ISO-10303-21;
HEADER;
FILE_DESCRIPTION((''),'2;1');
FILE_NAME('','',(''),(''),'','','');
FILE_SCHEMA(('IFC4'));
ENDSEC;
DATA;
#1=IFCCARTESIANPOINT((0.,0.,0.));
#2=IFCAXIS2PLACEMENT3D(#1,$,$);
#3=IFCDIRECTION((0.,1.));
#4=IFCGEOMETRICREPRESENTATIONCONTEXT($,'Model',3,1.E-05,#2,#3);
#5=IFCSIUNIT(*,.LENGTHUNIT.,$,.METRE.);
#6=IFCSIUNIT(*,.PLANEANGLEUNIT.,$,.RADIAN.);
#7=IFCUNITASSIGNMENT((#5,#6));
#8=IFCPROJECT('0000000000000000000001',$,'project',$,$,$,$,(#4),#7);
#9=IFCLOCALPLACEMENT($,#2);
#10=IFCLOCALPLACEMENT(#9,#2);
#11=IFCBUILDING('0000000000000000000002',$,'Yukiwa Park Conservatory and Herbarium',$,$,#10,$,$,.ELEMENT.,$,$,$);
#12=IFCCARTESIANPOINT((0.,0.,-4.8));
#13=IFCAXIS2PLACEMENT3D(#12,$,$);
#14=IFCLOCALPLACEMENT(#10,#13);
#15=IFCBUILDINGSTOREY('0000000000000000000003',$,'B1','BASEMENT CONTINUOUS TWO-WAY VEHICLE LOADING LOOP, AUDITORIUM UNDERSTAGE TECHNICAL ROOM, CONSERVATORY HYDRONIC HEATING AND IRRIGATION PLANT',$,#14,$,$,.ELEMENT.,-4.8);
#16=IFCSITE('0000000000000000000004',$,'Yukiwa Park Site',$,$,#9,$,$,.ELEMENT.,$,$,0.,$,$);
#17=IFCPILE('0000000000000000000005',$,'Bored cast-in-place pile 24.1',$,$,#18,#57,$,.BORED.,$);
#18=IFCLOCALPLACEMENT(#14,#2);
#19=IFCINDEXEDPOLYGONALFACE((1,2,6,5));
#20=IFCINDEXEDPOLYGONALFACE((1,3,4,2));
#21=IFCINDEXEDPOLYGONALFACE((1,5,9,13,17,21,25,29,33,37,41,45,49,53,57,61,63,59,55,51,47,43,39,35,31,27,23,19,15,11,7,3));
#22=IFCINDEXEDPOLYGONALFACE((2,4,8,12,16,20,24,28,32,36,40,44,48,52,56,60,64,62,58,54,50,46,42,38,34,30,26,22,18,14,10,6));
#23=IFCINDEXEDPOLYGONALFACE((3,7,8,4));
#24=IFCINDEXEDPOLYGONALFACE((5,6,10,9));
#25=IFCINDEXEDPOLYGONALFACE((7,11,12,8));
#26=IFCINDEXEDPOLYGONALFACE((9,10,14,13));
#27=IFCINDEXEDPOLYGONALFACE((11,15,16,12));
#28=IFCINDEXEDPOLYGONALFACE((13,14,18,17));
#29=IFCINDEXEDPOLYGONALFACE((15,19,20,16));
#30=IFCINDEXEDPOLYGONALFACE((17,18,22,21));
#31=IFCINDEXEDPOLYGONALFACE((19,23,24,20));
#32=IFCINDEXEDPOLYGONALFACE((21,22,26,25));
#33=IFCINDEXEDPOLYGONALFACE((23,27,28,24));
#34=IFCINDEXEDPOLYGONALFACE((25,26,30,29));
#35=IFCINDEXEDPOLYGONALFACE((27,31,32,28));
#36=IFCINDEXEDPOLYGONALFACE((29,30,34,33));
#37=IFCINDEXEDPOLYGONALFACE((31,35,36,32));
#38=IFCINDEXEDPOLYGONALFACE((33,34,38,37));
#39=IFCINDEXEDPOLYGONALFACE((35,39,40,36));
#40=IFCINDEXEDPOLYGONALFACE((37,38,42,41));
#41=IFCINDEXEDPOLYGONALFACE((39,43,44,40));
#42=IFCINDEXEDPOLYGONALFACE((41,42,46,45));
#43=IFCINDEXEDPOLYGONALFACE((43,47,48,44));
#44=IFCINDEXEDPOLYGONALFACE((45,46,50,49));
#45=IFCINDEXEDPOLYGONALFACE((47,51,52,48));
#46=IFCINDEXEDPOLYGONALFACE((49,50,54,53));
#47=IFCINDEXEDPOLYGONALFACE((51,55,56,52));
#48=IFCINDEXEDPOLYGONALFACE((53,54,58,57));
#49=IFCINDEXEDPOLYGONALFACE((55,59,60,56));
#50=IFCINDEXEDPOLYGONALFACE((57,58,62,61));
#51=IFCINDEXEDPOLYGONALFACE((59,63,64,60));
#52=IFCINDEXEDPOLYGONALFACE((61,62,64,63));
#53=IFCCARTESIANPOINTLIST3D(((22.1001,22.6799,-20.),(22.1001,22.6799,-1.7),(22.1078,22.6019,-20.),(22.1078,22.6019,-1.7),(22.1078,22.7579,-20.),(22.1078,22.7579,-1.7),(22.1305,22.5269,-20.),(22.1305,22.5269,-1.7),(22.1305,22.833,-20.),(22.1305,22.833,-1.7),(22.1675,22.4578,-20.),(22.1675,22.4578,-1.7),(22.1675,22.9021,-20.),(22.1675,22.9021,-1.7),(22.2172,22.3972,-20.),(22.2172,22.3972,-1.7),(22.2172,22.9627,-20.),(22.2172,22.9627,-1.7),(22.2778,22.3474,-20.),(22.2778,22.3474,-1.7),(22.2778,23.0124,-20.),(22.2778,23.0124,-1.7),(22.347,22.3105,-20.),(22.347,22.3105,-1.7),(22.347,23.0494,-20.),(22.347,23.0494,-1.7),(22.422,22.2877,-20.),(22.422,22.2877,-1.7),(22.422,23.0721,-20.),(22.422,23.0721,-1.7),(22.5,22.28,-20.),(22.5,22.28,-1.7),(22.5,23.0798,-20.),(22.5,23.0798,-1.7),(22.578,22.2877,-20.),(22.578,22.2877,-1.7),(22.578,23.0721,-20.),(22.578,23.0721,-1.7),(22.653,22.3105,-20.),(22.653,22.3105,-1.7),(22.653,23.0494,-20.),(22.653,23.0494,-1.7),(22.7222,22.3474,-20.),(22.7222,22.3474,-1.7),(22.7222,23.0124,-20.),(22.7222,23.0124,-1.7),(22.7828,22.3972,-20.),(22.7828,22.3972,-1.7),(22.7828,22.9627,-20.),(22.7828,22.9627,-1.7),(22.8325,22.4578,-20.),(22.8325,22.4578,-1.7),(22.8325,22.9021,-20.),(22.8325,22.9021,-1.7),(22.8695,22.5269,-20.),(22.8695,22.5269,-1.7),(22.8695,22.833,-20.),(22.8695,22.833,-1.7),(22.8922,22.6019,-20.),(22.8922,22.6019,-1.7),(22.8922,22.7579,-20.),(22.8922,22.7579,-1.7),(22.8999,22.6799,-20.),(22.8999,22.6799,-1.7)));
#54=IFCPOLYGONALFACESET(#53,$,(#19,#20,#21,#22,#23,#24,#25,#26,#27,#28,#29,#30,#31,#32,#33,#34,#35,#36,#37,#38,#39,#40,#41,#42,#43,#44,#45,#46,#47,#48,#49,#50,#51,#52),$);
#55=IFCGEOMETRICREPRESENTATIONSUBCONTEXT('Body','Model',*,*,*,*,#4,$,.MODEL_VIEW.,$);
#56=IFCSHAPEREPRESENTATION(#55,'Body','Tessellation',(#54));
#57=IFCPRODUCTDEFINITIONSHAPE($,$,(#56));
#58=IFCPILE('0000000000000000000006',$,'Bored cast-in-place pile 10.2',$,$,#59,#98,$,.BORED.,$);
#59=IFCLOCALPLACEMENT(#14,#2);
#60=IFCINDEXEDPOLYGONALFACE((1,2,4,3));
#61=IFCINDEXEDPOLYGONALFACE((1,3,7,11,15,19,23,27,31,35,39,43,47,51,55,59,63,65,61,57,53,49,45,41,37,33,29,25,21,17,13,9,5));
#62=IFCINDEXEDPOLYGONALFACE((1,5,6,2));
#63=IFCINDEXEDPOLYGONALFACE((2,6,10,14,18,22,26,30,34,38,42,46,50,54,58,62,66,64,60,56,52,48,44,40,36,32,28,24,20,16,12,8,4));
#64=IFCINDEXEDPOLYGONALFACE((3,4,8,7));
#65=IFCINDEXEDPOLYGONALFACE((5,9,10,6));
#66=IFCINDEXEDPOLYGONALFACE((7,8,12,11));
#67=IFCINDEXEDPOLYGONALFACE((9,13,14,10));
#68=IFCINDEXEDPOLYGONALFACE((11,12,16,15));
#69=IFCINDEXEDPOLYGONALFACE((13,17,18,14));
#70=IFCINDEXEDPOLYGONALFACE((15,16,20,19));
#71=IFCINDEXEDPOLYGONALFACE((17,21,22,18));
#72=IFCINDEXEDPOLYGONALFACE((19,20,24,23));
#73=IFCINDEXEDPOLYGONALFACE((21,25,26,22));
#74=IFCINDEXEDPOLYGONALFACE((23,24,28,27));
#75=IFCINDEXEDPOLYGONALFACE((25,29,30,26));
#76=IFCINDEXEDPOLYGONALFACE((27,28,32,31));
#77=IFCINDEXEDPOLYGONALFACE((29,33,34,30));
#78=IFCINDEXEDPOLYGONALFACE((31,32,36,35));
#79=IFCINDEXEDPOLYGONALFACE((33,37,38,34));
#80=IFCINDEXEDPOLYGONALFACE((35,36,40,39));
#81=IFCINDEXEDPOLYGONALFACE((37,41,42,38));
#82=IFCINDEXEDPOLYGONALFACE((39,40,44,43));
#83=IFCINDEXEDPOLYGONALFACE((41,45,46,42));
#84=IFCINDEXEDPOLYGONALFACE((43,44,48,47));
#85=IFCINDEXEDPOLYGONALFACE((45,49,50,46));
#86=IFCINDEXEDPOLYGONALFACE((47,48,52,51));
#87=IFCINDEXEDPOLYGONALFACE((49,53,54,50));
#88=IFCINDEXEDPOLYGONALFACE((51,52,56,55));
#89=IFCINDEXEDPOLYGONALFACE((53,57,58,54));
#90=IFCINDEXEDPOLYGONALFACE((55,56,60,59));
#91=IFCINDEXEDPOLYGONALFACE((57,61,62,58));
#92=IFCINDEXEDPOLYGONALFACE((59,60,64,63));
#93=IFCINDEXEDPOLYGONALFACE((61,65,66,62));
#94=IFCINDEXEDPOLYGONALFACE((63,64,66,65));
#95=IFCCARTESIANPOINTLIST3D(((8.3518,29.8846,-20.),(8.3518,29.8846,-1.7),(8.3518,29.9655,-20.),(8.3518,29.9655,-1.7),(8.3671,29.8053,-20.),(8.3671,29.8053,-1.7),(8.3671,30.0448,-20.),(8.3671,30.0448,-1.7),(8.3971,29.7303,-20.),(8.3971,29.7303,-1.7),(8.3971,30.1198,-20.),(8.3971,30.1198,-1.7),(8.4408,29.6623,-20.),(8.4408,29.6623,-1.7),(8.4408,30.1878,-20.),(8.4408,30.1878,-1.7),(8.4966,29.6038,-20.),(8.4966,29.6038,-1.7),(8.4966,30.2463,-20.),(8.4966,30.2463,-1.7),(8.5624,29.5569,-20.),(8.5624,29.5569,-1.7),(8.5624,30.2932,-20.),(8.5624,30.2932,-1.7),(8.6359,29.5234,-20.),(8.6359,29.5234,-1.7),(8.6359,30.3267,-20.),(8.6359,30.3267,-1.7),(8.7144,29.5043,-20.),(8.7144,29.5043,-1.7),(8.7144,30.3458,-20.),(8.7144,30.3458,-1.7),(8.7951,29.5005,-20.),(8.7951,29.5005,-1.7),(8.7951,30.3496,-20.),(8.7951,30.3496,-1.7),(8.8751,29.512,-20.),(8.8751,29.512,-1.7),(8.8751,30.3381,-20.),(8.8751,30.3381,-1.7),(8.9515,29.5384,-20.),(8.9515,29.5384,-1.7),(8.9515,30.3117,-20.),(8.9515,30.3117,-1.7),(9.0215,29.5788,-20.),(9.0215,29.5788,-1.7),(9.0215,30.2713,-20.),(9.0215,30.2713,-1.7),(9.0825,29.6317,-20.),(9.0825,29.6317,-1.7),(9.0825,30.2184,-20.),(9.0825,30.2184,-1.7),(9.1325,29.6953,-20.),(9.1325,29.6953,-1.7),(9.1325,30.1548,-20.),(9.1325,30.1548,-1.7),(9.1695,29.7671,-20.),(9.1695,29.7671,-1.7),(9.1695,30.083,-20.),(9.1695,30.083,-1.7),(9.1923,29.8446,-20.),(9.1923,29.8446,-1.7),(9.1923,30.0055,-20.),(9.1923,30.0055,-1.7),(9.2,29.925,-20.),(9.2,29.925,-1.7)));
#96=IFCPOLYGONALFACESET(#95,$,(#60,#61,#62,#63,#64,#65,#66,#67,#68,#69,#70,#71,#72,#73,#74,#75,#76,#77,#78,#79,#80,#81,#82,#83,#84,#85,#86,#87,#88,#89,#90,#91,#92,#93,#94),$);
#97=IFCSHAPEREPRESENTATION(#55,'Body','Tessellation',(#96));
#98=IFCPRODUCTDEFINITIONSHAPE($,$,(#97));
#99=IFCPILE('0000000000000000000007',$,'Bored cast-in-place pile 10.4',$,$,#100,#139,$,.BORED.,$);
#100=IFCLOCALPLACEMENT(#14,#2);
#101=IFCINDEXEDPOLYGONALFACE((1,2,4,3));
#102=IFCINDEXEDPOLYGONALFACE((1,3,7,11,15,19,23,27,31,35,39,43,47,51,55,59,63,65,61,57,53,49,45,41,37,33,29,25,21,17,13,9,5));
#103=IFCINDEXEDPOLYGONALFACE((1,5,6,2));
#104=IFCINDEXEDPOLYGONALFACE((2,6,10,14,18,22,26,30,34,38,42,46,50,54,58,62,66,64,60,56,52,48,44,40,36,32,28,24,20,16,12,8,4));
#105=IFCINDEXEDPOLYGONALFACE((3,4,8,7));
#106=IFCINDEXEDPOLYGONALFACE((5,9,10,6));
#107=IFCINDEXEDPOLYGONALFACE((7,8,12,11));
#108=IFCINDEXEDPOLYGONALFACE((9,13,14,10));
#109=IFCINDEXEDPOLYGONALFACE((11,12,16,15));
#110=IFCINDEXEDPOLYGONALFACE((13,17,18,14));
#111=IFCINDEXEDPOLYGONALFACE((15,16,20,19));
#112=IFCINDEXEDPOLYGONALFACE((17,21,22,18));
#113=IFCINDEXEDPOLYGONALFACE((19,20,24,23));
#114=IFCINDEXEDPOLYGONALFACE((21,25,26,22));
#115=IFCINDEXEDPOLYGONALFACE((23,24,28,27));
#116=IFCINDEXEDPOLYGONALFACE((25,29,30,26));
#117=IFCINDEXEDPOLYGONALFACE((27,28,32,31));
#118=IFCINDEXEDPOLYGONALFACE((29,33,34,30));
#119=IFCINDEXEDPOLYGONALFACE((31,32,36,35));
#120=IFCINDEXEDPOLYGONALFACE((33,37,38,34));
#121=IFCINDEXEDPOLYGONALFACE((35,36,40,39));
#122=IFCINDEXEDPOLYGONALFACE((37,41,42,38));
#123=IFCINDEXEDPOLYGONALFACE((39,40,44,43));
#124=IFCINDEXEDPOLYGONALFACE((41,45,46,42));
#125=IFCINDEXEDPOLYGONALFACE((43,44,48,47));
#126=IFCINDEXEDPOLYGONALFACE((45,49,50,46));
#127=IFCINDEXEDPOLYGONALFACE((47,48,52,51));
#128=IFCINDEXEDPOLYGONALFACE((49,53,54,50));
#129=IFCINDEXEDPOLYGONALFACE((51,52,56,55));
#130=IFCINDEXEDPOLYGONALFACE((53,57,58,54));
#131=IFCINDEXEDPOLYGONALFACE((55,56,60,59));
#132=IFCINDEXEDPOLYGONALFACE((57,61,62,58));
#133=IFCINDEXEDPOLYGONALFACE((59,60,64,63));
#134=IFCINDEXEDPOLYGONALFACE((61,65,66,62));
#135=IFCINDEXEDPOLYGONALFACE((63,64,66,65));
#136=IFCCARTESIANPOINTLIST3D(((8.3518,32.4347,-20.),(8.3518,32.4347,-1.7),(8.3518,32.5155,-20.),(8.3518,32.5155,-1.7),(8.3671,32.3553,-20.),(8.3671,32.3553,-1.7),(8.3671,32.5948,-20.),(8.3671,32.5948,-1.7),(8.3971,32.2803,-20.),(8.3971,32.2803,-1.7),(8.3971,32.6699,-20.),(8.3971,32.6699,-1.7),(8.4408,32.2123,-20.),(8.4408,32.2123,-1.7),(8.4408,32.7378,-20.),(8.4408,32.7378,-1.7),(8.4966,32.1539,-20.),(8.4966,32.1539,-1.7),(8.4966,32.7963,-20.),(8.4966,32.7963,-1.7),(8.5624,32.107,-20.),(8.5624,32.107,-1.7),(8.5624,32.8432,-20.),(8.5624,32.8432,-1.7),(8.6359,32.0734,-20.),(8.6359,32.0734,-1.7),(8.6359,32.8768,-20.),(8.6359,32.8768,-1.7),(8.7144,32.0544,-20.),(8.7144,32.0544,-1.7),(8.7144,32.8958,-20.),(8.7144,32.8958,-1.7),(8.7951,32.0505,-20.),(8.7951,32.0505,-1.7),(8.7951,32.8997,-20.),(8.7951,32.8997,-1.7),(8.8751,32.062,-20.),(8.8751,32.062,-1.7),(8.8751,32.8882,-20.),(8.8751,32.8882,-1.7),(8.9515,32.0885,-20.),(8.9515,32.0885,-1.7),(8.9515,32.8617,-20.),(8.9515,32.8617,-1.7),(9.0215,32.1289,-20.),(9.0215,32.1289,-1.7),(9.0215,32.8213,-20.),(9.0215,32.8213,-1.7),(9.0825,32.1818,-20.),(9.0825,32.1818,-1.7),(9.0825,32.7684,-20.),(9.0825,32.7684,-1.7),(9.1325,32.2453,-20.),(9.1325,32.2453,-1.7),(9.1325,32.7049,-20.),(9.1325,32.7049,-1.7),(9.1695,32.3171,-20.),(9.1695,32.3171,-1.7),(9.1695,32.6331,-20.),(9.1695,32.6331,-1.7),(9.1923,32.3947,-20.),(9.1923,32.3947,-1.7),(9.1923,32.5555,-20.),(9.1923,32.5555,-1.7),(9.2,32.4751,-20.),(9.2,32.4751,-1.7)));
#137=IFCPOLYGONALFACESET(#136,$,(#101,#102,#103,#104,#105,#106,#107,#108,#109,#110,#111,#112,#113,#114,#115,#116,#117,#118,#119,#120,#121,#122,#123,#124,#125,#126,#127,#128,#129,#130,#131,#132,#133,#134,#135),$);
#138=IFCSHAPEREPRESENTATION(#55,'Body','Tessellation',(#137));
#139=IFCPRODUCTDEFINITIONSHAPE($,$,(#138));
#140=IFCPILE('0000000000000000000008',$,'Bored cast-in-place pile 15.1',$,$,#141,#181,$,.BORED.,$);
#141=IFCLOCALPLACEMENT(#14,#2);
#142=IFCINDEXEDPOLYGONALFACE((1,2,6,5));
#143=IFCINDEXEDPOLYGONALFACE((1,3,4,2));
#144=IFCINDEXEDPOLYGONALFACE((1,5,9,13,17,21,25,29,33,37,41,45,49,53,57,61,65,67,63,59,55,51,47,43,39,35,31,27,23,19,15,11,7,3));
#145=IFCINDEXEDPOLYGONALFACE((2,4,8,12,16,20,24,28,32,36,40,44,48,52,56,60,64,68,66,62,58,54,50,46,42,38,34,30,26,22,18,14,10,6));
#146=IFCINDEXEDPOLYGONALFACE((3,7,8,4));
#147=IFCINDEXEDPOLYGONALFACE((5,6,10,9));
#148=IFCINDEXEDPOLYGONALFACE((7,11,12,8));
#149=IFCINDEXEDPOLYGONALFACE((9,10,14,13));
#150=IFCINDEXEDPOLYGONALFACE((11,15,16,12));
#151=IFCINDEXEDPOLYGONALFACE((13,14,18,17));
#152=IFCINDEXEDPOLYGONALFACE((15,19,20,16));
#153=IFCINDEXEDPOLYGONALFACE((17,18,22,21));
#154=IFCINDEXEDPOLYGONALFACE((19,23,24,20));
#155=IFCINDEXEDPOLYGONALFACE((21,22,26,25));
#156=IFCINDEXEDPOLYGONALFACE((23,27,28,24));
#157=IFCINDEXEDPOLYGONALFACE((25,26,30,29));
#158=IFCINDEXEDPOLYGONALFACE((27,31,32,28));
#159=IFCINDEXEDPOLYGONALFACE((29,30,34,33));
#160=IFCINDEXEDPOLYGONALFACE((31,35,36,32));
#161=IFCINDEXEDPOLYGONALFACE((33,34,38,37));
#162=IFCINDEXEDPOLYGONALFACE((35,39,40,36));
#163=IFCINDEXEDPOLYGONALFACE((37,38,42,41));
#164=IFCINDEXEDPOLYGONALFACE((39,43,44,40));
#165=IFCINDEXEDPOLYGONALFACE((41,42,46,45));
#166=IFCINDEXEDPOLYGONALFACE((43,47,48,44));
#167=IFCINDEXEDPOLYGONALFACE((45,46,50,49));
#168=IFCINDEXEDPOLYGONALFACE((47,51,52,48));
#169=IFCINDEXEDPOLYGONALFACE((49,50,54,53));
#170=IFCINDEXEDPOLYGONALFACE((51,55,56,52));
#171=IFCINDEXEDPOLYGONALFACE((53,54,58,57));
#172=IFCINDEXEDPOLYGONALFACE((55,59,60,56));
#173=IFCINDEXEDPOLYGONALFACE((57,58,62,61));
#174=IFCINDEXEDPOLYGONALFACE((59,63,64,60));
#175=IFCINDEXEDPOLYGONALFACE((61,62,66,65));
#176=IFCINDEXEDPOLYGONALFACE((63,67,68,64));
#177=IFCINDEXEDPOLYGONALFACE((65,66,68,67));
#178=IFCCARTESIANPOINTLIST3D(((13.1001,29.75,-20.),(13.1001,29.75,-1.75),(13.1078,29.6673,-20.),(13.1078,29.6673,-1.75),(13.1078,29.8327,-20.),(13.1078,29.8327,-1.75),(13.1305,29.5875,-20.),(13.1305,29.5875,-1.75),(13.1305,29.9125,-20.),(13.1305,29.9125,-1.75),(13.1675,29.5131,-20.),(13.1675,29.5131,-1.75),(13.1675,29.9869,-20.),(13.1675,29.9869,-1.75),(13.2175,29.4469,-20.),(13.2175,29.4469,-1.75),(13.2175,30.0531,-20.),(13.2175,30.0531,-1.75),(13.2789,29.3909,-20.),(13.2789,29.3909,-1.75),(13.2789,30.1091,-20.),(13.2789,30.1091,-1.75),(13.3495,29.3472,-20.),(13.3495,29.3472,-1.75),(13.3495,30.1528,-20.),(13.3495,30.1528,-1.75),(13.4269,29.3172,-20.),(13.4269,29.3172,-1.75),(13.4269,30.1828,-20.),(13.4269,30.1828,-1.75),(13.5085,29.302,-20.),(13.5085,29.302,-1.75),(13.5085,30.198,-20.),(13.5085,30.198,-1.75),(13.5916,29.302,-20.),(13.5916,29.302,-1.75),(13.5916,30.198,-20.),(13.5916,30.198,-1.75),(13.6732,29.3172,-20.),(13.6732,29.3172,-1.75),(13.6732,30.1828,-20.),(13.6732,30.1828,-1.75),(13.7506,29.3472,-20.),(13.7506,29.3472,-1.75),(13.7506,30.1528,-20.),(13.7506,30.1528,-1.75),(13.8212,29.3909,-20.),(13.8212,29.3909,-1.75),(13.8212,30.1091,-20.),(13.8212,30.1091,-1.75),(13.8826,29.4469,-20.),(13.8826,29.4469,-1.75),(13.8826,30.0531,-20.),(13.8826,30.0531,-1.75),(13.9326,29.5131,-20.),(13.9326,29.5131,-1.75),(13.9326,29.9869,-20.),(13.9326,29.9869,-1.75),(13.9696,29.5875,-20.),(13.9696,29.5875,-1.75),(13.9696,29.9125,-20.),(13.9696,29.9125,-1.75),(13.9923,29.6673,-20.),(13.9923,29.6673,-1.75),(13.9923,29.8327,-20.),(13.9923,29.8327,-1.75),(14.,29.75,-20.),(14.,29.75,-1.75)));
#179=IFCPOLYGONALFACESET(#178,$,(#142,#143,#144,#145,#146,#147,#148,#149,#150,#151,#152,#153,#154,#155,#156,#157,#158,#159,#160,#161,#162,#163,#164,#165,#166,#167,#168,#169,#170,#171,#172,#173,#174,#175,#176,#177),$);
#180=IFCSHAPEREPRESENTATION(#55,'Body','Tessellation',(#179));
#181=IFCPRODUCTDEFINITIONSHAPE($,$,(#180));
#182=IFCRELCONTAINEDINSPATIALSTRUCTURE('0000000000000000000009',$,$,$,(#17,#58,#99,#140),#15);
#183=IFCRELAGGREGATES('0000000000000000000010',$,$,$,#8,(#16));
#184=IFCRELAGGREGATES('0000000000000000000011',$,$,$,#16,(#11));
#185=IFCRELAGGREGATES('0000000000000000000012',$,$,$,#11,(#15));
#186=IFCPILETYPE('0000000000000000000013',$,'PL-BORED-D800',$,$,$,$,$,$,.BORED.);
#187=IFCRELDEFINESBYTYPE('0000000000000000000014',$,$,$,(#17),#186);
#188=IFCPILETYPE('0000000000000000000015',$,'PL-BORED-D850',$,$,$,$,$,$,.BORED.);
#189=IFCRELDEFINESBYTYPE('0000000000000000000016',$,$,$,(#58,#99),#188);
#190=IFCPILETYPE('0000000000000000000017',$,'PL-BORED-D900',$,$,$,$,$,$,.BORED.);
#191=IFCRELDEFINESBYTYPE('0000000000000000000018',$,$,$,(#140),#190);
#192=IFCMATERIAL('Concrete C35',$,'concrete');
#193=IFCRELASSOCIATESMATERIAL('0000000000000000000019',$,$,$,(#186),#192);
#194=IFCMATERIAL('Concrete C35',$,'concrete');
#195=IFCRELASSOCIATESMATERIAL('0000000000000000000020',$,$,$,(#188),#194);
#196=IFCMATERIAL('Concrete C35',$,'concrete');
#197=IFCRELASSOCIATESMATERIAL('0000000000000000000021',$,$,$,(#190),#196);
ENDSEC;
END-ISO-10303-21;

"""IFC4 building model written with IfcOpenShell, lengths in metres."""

from ifc_helpers import new_model, si_unit, direction, frame, origin, origin_2d, place, context, subcontext, project, spatial, circle, extrude, material, material_profile, profile_set, type_object, element, save


model = new_model("IFC4")

# Units and contexts
model_context = context("Model", 3, precision=1e-05, world=origin(), true_north=direction((0.0, 1.0)))
body_context = subcontext(model_context, "Body", "Model", "MODEL_VIEW")
ifc_project = project(units=[si_unit("LENGTHUNIT", "METRE"), si_unit("PLANEANGLEUNIT", "RADIAN")], contexts=[model_context])

# Site, building, storey
site_placement = place(None, origin())
site = spatial("IfcSite", under=ifc_project, at=site_placement, Name="Yukiwa Park Site", CompositionType="ELEMENT", RefElevation=0.0)
building_placement = place(site_placement, origin())
building = spatial("IfcBuilding", under=site, at=building_placement, Name="Yukiwa Park Conservatory and Herbarium", CompositionType="ELEMENT")
storey_placement = place(building_placement, frame((0.0, 0.0, -4.8)))
storey = spatial("IfcBuildingStorey", under=building, at=storey_placement, Name="B1", Description="BASEMENT CONTINUOUS TWO-WAY VEHICLE LOADING LOOP, AUDITORIUM UNDERSTAGE TECHNICAL ROOM, CONSERVATORY HYDRONIC HEATING AND IRRIGATION PLANT", CompositionType="ELEMENT", Elevation=-4.8)

# Piles
ifc_material_1 = material(Name="Concrete C35", Category="concrete")
ifc_material_profile_1 = material_profile(ifc_material_1, circle(Radius=0.3999, at=origin_2d()), Name="PILE D800")
ifc_profile_set_1 = profile_set([ifc_material_profile_1], Name="Concrete C35")
pile_type_1 = type_object("IfcPileType", Name="PL-BORED-D800", PredefinedType="BORED", material=ifc_profile_set_1)
for number, where, z_axis, x_axis, name in (
    (1, (22.5, 22.6799, -1.7), (0.0, 0.0, -1.0), (1.0, 0.0, 0.0), "Bored cast-in-place pile 24.1"),
):
    element("IfcPile", number, at=place(storey_placement, frame(where, z_axis=z_axis, x_axis=x_axis)), inside=storey, type_object=pile_type_1, Name=name, PredefinedType="BORED", context=body_context, shape_type="SweptSolid", body=[
        extrude(circle(Radius=0.3999, at=origin_2d()), origin(), (0.0, 0.0, 1.0), 18.3),
    ])
ifc_material_2 = material(Name="Concrete C35", Category="concrete")
ifc_material_profile_2 = material_profile(ifc_material_2, circle(Radius=0.425, at=origin_2d()), Name="PILE D850")
ifc_profile_set_2 = profile_set([ifc_material_profile_2], Name="Concrete C35")
pile_type_2 = type_object("IfcPileType", Name="PL-BORED-D850", PredefinedType="BORED", material=ifc_profile_set_2)
for number, where, z_axis, x_axis, name in (
    (2, (8.7749, 29.925, -1.7), (0.0, 0.0, -1.0), (1.0, 0.0, 0.0), "Bored cast-in-place pile 10.2"),
    (3, (8.7749, 32.4751, -1.7), (0.0, 0.0, -1.0), (1.0, 0.0, 0.0), "Bored cast-in-place pile 10.4"),
):
    element("IfcPile", number, at=place(storey_placement, frame(where, z_axis=z_axis, x_axis=x_axis)), inside=storey, type_object=pile_type_2, Name=name, PredefinedType="BORED", context=body_context, shape_type="SweptSolid", body=[
        extrude(circle(Radius=0.425, at=origin_2d()), origin(), (0.0, 0.0, 1.0), 18.3),
    ])
ifc_material_3 = material(Name="Concrete C35", Category="concrete")
ifc_material_profile_3 = material_profile(ifc_material_3, circle(Radius=0.45, at=origin_2d()), Name="PILE D900")
ifc_profile_set_3 = profile_set([ifc_material_profile_3], Name="Concrete C35")
pile_type_3 = type_object("IfcPileType", Name="PL-BORED-D900", PredefinedType="BORED", material=ifc_profile_set_3)
for number, where, z_axis, x_axis, name in (
    (4, (13.55, 29.75, -1.75), (0.0, 0.0, -1.0), (1.0, 0.0, 0.0), "Bored cast-in-place pile 15.1"),
):
    element("IfcPile", number, at=place(storey_placement, frame(where, z_axis=z_axis, x_axis=x_axis)), inside=storey, type_object=pile_type_3, Name=name, PredefinedType="BORED", context=body_context, shape_type="SweptSolid", body=[
        extrude(circle(Radius=0.45, at=origin_2d()), origin(), (0.0, 0.0, 1.0), 18.25),
    ])

save(model, "model.ifc")
